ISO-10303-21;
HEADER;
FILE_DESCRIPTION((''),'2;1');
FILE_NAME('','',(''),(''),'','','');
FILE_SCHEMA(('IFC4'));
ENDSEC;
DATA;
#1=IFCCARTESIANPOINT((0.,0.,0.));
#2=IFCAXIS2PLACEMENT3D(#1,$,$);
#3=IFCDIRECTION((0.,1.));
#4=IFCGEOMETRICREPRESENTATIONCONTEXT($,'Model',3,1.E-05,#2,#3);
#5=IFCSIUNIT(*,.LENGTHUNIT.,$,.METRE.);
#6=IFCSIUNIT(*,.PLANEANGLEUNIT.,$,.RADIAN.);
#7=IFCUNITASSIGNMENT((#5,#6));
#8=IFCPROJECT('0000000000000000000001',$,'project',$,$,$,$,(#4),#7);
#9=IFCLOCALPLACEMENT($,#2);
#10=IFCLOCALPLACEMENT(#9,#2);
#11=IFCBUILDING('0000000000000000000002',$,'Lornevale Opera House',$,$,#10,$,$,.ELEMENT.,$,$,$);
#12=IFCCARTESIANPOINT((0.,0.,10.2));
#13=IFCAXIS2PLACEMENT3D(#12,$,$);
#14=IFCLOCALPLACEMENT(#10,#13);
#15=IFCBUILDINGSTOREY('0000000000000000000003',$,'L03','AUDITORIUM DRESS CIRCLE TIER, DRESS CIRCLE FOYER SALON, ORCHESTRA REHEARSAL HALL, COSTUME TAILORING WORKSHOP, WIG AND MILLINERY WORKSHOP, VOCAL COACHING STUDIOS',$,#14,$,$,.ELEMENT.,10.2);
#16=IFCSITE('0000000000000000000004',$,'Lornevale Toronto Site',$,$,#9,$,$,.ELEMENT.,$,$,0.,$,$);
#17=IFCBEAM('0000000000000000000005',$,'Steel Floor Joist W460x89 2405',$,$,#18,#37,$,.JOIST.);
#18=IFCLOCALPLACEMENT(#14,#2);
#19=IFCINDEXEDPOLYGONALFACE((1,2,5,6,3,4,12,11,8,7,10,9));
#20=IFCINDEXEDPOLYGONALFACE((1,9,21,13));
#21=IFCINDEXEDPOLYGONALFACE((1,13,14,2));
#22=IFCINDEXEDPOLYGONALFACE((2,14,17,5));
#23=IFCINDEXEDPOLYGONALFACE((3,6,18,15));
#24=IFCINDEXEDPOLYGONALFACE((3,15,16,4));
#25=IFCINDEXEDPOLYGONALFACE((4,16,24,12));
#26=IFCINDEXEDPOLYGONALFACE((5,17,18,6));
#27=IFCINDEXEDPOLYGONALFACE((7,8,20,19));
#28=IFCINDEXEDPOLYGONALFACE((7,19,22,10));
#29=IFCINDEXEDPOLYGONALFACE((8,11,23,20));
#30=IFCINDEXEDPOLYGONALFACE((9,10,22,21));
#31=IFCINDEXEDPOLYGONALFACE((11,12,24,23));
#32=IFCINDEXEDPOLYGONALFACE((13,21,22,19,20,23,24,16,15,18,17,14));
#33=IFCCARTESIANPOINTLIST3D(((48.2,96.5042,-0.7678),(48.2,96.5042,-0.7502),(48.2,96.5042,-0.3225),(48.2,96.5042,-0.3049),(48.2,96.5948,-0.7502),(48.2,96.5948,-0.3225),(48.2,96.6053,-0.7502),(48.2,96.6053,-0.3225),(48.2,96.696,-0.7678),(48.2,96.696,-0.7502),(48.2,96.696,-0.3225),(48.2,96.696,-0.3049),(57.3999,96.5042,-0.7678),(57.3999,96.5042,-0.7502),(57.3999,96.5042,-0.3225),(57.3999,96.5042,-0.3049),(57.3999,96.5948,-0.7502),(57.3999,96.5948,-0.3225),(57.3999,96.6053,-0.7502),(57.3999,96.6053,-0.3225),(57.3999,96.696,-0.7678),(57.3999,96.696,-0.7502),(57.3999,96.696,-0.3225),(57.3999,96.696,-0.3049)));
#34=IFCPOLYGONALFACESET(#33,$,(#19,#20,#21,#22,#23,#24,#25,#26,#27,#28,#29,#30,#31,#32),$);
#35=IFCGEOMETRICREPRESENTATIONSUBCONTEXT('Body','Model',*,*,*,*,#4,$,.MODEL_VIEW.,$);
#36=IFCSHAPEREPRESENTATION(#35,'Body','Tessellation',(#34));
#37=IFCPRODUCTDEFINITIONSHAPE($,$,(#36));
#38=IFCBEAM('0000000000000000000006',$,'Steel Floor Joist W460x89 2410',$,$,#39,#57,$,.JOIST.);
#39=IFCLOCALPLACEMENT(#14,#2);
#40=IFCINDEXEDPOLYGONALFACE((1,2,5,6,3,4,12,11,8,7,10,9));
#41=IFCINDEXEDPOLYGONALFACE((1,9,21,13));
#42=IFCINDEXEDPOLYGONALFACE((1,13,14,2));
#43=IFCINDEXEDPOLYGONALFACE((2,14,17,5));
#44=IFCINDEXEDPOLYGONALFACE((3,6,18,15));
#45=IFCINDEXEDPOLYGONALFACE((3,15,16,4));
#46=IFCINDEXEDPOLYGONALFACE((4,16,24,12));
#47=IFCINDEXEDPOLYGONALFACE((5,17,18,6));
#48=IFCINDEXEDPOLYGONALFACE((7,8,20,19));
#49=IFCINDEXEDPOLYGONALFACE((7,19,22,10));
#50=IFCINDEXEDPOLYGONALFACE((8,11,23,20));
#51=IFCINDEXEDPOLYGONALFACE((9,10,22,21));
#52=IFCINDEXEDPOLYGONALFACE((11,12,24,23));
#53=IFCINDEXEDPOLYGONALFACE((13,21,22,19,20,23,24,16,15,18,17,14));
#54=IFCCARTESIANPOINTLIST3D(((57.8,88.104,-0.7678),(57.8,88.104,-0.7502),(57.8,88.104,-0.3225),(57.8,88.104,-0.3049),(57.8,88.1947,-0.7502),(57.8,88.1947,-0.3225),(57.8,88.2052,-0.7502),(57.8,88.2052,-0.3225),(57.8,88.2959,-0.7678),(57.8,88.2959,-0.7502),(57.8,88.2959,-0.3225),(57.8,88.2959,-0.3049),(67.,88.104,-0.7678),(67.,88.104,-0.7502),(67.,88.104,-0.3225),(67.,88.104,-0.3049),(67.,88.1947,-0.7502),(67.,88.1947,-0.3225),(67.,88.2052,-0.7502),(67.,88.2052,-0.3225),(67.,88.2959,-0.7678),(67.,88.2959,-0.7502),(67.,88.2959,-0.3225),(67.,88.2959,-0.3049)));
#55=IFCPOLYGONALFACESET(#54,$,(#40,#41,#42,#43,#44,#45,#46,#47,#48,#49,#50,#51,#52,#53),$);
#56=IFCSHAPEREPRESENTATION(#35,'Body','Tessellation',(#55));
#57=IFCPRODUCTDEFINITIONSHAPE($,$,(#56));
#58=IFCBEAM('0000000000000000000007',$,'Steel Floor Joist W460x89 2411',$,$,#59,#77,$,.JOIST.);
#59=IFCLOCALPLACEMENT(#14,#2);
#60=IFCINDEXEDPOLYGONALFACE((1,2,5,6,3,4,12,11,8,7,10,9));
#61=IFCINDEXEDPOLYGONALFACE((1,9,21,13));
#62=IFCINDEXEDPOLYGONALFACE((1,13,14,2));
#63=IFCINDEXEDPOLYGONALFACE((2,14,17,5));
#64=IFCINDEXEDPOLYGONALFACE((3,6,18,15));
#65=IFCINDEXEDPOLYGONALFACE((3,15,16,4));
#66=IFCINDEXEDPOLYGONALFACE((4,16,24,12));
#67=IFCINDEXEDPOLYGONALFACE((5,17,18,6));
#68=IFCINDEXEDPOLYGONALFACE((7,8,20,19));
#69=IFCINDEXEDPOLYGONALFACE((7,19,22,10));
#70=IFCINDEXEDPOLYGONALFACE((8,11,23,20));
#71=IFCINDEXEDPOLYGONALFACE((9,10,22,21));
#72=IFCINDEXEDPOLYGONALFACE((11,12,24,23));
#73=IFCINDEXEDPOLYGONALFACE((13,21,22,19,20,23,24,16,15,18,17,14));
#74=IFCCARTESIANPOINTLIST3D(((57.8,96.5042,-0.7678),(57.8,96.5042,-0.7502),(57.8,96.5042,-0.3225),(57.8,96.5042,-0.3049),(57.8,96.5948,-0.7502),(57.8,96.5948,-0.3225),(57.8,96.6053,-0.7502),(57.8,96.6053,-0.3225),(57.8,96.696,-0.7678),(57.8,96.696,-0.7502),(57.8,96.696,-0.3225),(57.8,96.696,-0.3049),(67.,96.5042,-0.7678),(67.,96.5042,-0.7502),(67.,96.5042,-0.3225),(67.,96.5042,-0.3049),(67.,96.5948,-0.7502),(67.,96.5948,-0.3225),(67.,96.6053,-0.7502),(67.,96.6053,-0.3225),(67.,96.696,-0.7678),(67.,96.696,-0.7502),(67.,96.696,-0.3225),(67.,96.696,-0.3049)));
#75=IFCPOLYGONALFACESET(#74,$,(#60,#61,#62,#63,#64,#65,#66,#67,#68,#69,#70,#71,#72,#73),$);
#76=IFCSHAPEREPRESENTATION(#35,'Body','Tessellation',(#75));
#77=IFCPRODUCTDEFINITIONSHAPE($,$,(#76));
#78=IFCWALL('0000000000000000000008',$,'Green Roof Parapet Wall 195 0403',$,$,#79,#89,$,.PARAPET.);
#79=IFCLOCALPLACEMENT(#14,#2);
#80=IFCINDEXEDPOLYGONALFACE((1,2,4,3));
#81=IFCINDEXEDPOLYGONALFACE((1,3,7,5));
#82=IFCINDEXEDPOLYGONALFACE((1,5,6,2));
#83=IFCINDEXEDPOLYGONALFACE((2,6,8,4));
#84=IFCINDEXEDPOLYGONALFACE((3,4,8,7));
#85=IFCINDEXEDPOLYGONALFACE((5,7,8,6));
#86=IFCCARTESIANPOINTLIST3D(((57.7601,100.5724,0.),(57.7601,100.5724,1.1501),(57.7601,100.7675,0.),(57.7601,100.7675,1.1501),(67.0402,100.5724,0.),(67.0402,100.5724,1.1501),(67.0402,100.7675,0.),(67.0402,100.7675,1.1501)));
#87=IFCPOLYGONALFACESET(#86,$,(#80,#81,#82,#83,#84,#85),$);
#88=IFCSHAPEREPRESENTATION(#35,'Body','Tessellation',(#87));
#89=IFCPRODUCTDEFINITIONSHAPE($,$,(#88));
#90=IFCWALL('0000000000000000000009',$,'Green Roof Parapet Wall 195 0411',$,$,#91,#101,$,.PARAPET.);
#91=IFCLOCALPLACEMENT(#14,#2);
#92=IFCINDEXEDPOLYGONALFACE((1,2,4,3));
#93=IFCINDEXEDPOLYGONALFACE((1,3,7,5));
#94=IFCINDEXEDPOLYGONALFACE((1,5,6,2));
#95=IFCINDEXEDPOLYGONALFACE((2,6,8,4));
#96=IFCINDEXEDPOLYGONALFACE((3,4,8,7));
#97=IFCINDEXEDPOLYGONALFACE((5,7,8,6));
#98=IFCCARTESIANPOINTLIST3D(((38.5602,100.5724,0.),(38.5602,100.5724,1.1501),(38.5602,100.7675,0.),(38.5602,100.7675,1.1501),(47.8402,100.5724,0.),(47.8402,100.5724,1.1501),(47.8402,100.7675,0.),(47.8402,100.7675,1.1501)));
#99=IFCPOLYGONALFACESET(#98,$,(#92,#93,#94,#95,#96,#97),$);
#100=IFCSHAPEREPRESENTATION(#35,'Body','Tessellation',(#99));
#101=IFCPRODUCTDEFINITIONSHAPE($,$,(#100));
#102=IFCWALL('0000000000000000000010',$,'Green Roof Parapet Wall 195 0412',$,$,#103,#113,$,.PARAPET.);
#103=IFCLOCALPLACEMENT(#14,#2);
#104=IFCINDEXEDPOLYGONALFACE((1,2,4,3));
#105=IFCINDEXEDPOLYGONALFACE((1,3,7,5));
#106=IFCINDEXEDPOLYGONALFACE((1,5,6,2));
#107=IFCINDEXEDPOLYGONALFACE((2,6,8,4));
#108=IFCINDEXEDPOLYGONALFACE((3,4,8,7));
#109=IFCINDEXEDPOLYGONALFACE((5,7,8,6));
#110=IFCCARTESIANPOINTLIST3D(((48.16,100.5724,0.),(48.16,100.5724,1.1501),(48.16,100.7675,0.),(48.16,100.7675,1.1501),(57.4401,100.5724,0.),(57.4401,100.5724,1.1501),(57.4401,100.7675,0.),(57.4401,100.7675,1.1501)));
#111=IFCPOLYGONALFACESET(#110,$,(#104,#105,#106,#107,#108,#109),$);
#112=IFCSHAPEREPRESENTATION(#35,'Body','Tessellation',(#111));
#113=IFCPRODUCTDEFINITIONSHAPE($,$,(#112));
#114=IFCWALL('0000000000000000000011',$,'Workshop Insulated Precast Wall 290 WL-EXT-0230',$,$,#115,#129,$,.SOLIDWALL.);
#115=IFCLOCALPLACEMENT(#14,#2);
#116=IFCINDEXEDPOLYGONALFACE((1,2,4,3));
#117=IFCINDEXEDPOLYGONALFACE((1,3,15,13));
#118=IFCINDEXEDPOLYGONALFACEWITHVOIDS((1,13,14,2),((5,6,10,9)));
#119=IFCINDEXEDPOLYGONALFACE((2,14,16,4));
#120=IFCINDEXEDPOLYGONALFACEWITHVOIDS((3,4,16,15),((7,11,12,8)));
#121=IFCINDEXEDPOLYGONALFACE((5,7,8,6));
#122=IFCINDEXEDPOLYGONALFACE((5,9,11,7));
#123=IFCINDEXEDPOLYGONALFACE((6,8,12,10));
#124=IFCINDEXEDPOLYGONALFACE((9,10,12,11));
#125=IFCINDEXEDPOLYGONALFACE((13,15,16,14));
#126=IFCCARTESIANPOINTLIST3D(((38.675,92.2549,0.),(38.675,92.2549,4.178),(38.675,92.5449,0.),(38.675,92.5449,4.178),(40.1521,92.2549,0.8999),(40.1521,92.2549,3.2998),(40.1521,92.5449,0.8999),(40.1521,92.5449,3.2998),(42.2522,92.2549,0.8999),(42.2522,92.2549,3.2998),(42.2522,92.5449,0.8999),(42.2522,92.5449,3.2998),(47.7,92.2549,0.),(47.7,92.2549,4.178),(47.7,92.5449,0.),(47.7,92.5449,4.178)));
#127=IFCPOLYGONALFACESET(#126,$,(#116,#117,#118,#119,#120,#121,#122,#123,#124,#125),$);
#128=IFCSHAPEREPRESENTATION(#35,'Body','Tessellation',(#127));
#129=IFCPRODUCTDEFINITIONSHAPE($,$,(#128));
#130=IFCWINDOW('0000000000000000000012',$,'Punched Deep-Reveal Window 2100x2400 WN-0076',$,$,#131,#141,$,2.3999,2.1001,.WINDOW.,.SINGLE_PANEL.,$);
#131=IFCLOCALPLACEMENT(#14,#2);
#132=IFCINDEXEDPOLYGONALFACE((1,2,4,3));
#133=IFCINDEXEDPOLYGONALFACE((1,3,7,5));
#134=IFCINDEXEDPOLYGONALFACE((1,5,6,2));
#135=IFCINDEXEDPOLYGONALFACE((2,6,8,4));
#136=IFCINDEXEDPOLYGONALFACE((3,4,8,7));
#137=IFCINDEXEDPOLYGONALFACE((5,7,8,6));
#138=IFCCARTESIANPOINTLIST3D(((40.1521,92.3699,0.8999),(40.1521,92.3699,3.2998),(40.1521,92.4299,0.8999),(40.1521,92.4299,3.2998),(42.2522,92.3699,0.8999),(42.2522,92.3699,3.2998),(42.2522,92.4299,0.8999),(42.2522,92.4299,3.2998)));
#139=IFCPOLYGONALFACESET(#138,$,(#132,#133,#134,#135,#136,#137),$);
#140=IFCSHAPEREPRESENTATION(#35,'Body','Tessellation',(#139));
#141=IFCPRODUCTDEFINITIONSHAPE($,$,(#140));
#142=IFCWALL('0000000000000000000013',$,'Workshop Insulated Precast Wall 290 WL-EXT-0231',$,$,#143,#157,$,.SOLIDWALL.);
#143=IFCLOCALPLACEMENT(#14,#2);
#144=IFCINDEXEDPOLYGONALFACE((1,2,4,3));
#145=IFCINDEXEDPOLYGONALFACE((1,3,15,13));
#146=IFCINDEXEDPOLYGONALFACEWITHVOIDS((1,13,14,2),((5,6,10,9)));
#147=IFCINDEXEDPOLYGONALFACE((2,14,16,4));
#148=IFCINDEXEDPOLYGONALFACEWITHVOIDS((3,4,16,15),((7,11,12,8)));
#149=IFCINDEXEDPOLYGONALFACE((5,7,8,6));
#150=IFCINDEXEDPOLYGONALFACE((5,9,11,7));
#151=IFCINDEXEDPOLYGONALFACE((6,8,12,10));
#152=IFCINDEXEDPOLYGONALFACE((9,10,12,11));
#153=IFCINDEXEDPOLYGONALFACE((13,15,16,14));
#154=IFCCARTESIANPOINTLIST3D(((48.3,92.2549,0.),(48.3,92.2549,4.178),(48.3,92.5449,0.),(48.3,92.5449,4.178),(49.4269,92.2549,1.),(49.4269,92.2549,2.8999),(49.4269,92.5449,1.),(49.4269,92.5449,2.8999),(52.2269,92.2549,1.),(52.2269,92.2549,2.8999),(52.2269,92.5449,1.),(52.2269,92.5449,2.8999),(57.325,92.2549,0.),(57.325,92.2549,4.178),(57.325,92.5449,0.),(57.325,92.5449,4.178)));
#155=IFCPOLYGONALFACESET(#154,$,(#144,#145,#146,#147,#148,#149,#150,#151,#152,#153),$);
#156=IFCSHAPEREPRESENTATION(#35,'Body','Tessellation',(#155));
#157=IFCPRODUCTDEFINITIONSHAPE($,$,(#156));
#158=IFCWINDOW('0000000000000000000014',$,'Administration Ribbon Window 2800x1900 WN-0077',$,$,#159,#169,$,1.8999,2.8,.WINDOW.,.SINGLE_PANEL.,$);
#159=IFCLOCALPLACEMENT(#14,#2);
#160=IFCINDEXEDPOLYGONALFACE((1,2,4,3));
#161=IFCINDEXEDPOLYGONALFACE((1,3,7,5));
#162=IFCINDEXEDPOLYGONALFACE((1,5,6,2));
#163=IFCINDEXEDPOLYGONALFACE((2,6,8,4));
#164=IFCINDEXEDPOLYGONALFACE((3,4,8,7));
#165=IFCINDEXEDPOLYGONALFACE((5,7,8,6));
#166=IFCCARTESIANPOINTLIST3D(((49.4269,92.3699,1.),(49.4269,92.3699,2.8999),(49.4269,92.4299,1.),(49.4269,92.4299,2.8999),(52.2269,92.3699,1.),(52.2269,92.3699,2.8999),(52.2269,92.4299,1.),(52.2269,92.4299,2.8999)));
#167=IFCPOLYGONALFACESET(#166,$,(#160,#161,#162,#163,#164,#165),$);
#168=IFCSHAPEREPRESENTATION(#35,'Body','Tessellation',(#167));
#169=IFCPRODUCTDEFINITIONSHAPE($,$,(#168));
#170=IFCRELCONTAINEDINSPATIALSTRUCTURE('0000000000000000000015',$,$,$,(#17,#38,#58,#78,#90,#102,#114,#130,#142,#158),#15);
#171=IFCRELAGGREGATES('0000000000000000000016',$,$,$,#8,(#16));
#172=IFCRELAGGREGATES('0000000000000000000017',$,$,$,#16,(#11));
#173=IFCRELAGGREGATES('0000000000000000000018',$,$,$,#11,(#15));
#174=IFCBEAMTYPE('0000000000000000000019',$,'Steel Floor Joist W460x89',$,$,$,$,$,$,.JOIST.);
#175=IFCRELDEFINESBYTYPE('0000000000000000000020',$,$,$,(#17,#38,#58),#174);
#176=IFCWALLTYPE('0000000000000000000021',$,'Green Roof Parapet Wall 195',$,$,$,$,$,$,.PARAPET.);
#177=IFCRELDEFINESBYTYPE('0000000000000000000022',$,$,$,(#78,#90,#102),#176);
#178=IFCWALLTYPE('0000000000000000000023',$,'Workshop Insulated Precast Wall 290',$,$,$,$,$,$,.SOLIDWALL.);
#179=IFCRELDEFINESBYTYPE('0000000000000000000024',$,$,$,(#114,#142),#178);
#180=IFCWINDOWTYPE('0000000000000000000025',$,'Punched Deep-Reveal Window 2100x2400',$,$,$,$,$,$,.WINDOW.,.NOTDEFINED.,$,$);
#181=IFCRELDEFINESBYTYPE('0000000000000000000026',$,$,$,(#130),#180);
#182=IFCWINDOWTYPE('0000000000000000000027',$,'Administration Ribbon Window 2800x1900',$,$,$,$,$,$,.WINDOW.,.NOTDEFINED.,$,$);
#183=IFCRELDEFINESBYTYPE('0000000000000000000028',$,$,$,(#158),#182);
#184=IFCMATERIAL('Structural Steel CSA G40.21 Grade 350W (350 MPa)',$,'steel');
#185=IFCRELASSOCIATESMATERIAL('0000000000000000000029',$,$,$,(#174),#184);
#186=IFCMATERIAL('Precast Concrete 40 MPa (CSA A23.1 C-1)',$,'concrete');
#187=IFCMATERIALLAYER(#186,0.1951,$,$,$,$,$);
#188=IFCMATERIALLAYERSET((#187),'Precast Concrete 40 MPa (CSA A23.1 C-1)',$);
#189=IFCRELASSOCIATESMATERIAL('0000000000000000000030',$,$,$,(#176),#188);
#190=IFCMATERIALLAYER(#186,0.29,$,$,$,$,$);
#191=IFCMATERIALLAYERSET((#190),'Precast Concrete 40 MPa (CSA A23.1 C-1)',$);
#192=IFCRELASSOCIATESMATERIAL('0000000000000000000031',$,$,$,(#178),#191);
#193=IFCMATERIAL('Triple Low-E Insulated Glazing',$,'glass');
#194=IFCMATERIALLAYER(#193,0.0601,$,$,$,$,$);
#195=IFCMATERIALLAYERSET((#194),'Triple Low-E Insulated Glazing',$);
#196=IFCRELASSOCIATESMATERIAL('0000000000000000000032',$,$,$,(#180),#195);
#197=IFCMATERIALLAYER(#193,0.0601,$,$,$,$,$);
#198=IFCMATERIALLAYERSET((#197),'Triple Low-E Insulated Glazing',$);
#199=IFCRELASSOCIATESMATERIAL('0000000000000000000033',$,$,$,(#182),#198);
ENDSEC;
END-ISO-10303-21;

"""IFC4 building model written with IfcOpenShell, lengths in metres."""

from ifc_helpers import new_model, si_unit, direction, frame, frame_2d, origin, origin_2d, place, context, subcontext, project, spatial, rectangle, i_section, extrude, material, layer, layer_set, material_profile, profile_set, type_object, element, fill, save


model = new_model("IFC4")

# Units and contexts
model_context = context("Model", 3, precision=1e-05, world=origin(), true_north=direction((0.0, 1.0)))
body_context = subcontext(model_context, "Body", "Model", "MODEL_VIEW")
ifc_project = project(units=[si_unit("LENGTHUNIT", "METRE"), si_unit("PLANEANGLEUNIT", "RADIAN")], contexts=[model_context])

# Site, building, storey
site_placement = place(None, origin())
site = spatial("IfcSite", under=ifc_project, at=site_placement, Name="Lornevale Toronto Site", CompositionType="ELEMENT", RefElevation=0.0)
building_placement = place(site_placement, origin())
building = spatial("IfcBuilding", under=site, at=building_placement, Name="Lornevale Opera House", CompositionType="ELEMENT")
storey_placement = place(building_placement, frame((0.0, 0.0, 10.2)))
storey = spatial("IfcBuildingStorey", under=building, at=storey_placement, Name="L03", Description="AUDITORIUM DRESS CIRCLE TIER, DRESS CIRCLE FOYER SALON, ORCHESTRA REHEARSAL HALL, COSTUME TAILORING WORKSHOP, WIG AND MILLINERY WORKSHOP, VOCAL COACHING STUDIOS", CompositionType="ELEMENT", Elevation=10.2)

# Beams
ifc_material_1 = material(Name="Structural Steel CSA G40.21 Grade 350W (350 MPa)", Category="steel")
ifc_material_profile_1 = material_profile(ifc_material_1, i_section(OverallWidth=0.1919, OverallDepth=0.4629, WebThickness=0.0105, FlangeThickness=0.0176, at=origin_2d()), Name="W460x89")
ifc_profile_set_1 = profile_set([ifc_material_profile_1], Name="Structural Steel CSA G40.21 Grade 350W (350 MPa)")
beam_type_1 = type_object("IfcBeamType", Name="Steel Floor Joist W460x89", PredefinedType="JOIST", material=ifc_profile_set_1)
for number, where, z_axis, x_axis, name in (
    (1, (48.2, 96.6001, -0.5364), (1.0, 0.0, 0.0), (0.0, 1.0, 0.0), "Steel Floor Joist W460x89 2405"),
    (2, (57.8, 88.2, -0.5364), (1.0, 0.0, 0.0), (0.0, 1.0, 0.0), "Steel Floor Joist W460x89 2410"),
    (3, (57.8, 96.6001, -0.5364), (1.0, 0.0, 0.0), (0.0, 1.0, 0.0), "Steel Floor Joist W460x89 2411"),
):
    element("IfcBeam", number, at=place(storey_placement, frame(where, z_axis=z_axis, x_axis=x_axis)), inside=storey, type_object=beam_type_1, Name=name, PredefinedType="JOIST", context=body_context, shape_type="SweptSolid", body=[
        extrude(i_section(OverallWidth=0.1919, OverallDepth=0.4629, WebThickness=0.0105, FlangeThickness=0.0176, at=origin_2d()), origin(), (0.0, 0.0, 1.0), 9.2),
    ])

# Walls
ifc_material_2 = material(Name="Precast Concrete 40 MPa (CSA A23.1 C-1)", Category="concrete")
ifc_layer_1 = layer(ifc_material_2, 0.1951)
ifc_layer_set_1 = layer_set([ifc_layer_1], Name="Precast Concrete 40 MPa (CSA A23.1 C-1)")
wall_type_1 = type_object("IfcWallType", Name="Green Roof Parapet Wall 195", PredefinedType="PARAPET", material=ifc_layer_set_1)
for number, where, z_axis, x_axis, name in (
    (4, (57.76, 100.6699, 0.0), (0.0, 0.0, 1.0), (1.0, 0.0, 0.0), "Green Roof Parapet Wall 195 0403"),
    (5, (38.5601, 100.6699, 0.0), (0.0, 0.0, 1.0), (1.0, 0.0, 0.0), "Green Roof Parapet Wall 195 0411"),
    (6, (48.1599, 100.6699, 0.0), (0.0, 0.0, 1.0), (1.0, 0.0, 0.0), "Green Roof Parapet Wall 195 0412"),
):
    element("IfcWall", number, at=place(storey_placement, frame(where, z_axis=z_axis, x_axis=x_axis)), inside=storey, type_object=wall_type_1, Name=name, PredefinedType="PARAPET", context=body_context, shape_type="SweptSolid", body=[
        extrude(rectangle(XDim=9.28, YDim=0.1951, at=frame_2d((4.6401, 0.0))), origin(), (0.0, 0.0, 1.0), 1.1501),
    ])

# Walls, openings, windows
ifc_layer_2 = layer(ifc_material_2, 0.29)
ifc_layer_set_2 = layer_set([ifc_layer_2], Name="Precast Concrete 40 MPa (CSA A23.1 C-1)")
wall_type_2 = type_object("IfcWallType", Name="Workshop Insulated Precast Wall 290", PredefinedType="SOLIDWALL", material=ifc_layer_set_2)
wall_1_placement = place(storey_placement, frame((38.675, 92.3999, 0.0), z_axis=(0.0, 0.0, 1.0), x_axis=(1.0, 0.0, 0.0)))
wall_1 = element("IfcWall", 7, at=wall_1_placement, inside=storey, type_object=wall_type_2, Name="Workshop Insulated Precast Wall 290 WL-EXT-0230", PredefinedType="SOLIDWALL", context=body_context, shape_type="SweptSolid", body=[
    extrude(rectangle(XDim=9.0249, YDim=0.29, at=frame_2d((4.5125, 0.0))), origin(), (0.0, 0.0, 1.0), 4.178),
])
opening_1_placement = place(wall_1_placement, frame((1.4771, 0.0, 0.8999)))
opening_1 = element("IfcOpeningElement", 8, at=opening_1_placement, cuts=wall_1, PredefinedType="OPENING", context=body_context, shape_type="SweptSolid", body=[
    extrude(rectangle(XDim=2.1001, YDim=2.3999, at=frame_2d((1.05, 1.2))), frame((0.0, 0.155, 0.0), z_axis=(0.0, -1.0, 0.0), x_axis=(1.0, 0.0, 0.0)), (0.0, 0.0, 1.0), 0.3101),
])
ifc_material_3 = material(Name="Triple Low-E Insulated Glazing", Category="glass")
ifc_layer_3 = layer(ifc_material_3, 0.0601)
ifc_layer_set_3 = layer_set([ifc_layer_3], Name="Triple Low-E Insulated Glazing")
window_type_1 = type_object("IfcWindowType", Name="Punched Deep-Reveal Window 2100x2400", PartitioningType="NOTDEFINED", PredefinedType="WINDOW", material=ifc_layer_set_3)
window_1_placement = place(opening_1_placement, origin())
window_1 = element("IfcWindow", 9, at=window_1_placement, inside=storey, type_object=window_type_1, Name="Punched Deep-Reveal Window 2100x2400 WN-0076", OverallHeight=2.3999, OverallWidth=2.1001, PartitioningType="SINGLE_PANEL", PredefinedType="WINDOW", context=body_context, shape_type="SweptSolid", body=[
    extrude(rectangle(XDim=2.1001, YDim=2.3999, at=frame_2d((1.05, 1.2))), frame((0.0, 0.03, 0.0), z_axis=(0.0, -1.0, 0.0), x_axis=(1.0, 0.0, 0.0)), (0.0, 0.0, 1.0), 0.0601),
])
fill(opening_1, window_1)
wall_2_placement = place(storey_placement, frame((48.3, 92.3999, 0.0), z_axis=(0.0, 0.0, 1.0), x_axis=(1.0, 0.0, 0.0)))
wall_2 = element("IfcWall", 10, at=wall_2_placement, inside=storey, type_object=wall_type_2, Name="Workshop Insulated Precast Wall 290 WL-EXT-0231", PredefinedType="SOLIDWALL", context=body_context, shape_type="SweptSolid", body=[
    extrude(rectangle(XDim=9.0249, YDim=0.29, at=frame_2d((4.5125, 0.0))), origin(), (0.0, 0.0, 1.0), 4.178),
])
opening_2_placement = place(wall_2_placement, frame((1.127, 0.0, 1.0)))
opening_2 = element("IfcOpeningElement", 11, at=opening_2_placement, cuts=wall_2, PredefinedType="OPENING", context=body_context, shape_type="SweptSolid", body=[
    extrude(rectangle(XDim=2.8, YDim=1.8999, at=frame_2d((1.3999, 0.95))), frame((0.0, 0.155, 0.0), z_axis=(0.0, -1.0, 0.0), x_axis=(1.0, 0.0, 0.0)), (0.0, 0.0, 1.0), 0.3101),
])
ifc_layer_4 = layer(ifc_material_3, 0.0601)
ifc_layer_set_4 = layer_set([ifc_layer_4], Name="Triple Low-E Insulated Glazing")
window_type_2 = type_object("IfcWindowType", Name="Administration Ribbon Window 2800x1900", PartitioningType="NOTDEFINED", PredefinedType="WINDOW", material=ifc_layer_set_4)
window_2_placement = place(opening_2_placement, origin())
window_2 = element("IfcWindow", 12, at=window_2_placement, inside=storey, type_object=window_type_2, Name="Administration Ribbon Window 2800x1900 WN-0077", OverallHeight=1.8999, OverallWidth=2.8, PartitioningType="SINGLE_PANEL", PredefinedType="WINDOW", context=body_context, shape_type="SweptSolid", body=[
    extrude(rectangle(XDim=2.8, YDim=1.8999, at=frame_2d((1.3999, 0.95))), frame((0.0, 0.03, 0.0), z_axis=(0.0, -1.0, 0.0), x_axis=(1.0, 0.0, 0.0)), (0.0, 0.0, 1.0), 0.0601),
])
fill(opening_2, window_2)

save(model, "model.ifc")
